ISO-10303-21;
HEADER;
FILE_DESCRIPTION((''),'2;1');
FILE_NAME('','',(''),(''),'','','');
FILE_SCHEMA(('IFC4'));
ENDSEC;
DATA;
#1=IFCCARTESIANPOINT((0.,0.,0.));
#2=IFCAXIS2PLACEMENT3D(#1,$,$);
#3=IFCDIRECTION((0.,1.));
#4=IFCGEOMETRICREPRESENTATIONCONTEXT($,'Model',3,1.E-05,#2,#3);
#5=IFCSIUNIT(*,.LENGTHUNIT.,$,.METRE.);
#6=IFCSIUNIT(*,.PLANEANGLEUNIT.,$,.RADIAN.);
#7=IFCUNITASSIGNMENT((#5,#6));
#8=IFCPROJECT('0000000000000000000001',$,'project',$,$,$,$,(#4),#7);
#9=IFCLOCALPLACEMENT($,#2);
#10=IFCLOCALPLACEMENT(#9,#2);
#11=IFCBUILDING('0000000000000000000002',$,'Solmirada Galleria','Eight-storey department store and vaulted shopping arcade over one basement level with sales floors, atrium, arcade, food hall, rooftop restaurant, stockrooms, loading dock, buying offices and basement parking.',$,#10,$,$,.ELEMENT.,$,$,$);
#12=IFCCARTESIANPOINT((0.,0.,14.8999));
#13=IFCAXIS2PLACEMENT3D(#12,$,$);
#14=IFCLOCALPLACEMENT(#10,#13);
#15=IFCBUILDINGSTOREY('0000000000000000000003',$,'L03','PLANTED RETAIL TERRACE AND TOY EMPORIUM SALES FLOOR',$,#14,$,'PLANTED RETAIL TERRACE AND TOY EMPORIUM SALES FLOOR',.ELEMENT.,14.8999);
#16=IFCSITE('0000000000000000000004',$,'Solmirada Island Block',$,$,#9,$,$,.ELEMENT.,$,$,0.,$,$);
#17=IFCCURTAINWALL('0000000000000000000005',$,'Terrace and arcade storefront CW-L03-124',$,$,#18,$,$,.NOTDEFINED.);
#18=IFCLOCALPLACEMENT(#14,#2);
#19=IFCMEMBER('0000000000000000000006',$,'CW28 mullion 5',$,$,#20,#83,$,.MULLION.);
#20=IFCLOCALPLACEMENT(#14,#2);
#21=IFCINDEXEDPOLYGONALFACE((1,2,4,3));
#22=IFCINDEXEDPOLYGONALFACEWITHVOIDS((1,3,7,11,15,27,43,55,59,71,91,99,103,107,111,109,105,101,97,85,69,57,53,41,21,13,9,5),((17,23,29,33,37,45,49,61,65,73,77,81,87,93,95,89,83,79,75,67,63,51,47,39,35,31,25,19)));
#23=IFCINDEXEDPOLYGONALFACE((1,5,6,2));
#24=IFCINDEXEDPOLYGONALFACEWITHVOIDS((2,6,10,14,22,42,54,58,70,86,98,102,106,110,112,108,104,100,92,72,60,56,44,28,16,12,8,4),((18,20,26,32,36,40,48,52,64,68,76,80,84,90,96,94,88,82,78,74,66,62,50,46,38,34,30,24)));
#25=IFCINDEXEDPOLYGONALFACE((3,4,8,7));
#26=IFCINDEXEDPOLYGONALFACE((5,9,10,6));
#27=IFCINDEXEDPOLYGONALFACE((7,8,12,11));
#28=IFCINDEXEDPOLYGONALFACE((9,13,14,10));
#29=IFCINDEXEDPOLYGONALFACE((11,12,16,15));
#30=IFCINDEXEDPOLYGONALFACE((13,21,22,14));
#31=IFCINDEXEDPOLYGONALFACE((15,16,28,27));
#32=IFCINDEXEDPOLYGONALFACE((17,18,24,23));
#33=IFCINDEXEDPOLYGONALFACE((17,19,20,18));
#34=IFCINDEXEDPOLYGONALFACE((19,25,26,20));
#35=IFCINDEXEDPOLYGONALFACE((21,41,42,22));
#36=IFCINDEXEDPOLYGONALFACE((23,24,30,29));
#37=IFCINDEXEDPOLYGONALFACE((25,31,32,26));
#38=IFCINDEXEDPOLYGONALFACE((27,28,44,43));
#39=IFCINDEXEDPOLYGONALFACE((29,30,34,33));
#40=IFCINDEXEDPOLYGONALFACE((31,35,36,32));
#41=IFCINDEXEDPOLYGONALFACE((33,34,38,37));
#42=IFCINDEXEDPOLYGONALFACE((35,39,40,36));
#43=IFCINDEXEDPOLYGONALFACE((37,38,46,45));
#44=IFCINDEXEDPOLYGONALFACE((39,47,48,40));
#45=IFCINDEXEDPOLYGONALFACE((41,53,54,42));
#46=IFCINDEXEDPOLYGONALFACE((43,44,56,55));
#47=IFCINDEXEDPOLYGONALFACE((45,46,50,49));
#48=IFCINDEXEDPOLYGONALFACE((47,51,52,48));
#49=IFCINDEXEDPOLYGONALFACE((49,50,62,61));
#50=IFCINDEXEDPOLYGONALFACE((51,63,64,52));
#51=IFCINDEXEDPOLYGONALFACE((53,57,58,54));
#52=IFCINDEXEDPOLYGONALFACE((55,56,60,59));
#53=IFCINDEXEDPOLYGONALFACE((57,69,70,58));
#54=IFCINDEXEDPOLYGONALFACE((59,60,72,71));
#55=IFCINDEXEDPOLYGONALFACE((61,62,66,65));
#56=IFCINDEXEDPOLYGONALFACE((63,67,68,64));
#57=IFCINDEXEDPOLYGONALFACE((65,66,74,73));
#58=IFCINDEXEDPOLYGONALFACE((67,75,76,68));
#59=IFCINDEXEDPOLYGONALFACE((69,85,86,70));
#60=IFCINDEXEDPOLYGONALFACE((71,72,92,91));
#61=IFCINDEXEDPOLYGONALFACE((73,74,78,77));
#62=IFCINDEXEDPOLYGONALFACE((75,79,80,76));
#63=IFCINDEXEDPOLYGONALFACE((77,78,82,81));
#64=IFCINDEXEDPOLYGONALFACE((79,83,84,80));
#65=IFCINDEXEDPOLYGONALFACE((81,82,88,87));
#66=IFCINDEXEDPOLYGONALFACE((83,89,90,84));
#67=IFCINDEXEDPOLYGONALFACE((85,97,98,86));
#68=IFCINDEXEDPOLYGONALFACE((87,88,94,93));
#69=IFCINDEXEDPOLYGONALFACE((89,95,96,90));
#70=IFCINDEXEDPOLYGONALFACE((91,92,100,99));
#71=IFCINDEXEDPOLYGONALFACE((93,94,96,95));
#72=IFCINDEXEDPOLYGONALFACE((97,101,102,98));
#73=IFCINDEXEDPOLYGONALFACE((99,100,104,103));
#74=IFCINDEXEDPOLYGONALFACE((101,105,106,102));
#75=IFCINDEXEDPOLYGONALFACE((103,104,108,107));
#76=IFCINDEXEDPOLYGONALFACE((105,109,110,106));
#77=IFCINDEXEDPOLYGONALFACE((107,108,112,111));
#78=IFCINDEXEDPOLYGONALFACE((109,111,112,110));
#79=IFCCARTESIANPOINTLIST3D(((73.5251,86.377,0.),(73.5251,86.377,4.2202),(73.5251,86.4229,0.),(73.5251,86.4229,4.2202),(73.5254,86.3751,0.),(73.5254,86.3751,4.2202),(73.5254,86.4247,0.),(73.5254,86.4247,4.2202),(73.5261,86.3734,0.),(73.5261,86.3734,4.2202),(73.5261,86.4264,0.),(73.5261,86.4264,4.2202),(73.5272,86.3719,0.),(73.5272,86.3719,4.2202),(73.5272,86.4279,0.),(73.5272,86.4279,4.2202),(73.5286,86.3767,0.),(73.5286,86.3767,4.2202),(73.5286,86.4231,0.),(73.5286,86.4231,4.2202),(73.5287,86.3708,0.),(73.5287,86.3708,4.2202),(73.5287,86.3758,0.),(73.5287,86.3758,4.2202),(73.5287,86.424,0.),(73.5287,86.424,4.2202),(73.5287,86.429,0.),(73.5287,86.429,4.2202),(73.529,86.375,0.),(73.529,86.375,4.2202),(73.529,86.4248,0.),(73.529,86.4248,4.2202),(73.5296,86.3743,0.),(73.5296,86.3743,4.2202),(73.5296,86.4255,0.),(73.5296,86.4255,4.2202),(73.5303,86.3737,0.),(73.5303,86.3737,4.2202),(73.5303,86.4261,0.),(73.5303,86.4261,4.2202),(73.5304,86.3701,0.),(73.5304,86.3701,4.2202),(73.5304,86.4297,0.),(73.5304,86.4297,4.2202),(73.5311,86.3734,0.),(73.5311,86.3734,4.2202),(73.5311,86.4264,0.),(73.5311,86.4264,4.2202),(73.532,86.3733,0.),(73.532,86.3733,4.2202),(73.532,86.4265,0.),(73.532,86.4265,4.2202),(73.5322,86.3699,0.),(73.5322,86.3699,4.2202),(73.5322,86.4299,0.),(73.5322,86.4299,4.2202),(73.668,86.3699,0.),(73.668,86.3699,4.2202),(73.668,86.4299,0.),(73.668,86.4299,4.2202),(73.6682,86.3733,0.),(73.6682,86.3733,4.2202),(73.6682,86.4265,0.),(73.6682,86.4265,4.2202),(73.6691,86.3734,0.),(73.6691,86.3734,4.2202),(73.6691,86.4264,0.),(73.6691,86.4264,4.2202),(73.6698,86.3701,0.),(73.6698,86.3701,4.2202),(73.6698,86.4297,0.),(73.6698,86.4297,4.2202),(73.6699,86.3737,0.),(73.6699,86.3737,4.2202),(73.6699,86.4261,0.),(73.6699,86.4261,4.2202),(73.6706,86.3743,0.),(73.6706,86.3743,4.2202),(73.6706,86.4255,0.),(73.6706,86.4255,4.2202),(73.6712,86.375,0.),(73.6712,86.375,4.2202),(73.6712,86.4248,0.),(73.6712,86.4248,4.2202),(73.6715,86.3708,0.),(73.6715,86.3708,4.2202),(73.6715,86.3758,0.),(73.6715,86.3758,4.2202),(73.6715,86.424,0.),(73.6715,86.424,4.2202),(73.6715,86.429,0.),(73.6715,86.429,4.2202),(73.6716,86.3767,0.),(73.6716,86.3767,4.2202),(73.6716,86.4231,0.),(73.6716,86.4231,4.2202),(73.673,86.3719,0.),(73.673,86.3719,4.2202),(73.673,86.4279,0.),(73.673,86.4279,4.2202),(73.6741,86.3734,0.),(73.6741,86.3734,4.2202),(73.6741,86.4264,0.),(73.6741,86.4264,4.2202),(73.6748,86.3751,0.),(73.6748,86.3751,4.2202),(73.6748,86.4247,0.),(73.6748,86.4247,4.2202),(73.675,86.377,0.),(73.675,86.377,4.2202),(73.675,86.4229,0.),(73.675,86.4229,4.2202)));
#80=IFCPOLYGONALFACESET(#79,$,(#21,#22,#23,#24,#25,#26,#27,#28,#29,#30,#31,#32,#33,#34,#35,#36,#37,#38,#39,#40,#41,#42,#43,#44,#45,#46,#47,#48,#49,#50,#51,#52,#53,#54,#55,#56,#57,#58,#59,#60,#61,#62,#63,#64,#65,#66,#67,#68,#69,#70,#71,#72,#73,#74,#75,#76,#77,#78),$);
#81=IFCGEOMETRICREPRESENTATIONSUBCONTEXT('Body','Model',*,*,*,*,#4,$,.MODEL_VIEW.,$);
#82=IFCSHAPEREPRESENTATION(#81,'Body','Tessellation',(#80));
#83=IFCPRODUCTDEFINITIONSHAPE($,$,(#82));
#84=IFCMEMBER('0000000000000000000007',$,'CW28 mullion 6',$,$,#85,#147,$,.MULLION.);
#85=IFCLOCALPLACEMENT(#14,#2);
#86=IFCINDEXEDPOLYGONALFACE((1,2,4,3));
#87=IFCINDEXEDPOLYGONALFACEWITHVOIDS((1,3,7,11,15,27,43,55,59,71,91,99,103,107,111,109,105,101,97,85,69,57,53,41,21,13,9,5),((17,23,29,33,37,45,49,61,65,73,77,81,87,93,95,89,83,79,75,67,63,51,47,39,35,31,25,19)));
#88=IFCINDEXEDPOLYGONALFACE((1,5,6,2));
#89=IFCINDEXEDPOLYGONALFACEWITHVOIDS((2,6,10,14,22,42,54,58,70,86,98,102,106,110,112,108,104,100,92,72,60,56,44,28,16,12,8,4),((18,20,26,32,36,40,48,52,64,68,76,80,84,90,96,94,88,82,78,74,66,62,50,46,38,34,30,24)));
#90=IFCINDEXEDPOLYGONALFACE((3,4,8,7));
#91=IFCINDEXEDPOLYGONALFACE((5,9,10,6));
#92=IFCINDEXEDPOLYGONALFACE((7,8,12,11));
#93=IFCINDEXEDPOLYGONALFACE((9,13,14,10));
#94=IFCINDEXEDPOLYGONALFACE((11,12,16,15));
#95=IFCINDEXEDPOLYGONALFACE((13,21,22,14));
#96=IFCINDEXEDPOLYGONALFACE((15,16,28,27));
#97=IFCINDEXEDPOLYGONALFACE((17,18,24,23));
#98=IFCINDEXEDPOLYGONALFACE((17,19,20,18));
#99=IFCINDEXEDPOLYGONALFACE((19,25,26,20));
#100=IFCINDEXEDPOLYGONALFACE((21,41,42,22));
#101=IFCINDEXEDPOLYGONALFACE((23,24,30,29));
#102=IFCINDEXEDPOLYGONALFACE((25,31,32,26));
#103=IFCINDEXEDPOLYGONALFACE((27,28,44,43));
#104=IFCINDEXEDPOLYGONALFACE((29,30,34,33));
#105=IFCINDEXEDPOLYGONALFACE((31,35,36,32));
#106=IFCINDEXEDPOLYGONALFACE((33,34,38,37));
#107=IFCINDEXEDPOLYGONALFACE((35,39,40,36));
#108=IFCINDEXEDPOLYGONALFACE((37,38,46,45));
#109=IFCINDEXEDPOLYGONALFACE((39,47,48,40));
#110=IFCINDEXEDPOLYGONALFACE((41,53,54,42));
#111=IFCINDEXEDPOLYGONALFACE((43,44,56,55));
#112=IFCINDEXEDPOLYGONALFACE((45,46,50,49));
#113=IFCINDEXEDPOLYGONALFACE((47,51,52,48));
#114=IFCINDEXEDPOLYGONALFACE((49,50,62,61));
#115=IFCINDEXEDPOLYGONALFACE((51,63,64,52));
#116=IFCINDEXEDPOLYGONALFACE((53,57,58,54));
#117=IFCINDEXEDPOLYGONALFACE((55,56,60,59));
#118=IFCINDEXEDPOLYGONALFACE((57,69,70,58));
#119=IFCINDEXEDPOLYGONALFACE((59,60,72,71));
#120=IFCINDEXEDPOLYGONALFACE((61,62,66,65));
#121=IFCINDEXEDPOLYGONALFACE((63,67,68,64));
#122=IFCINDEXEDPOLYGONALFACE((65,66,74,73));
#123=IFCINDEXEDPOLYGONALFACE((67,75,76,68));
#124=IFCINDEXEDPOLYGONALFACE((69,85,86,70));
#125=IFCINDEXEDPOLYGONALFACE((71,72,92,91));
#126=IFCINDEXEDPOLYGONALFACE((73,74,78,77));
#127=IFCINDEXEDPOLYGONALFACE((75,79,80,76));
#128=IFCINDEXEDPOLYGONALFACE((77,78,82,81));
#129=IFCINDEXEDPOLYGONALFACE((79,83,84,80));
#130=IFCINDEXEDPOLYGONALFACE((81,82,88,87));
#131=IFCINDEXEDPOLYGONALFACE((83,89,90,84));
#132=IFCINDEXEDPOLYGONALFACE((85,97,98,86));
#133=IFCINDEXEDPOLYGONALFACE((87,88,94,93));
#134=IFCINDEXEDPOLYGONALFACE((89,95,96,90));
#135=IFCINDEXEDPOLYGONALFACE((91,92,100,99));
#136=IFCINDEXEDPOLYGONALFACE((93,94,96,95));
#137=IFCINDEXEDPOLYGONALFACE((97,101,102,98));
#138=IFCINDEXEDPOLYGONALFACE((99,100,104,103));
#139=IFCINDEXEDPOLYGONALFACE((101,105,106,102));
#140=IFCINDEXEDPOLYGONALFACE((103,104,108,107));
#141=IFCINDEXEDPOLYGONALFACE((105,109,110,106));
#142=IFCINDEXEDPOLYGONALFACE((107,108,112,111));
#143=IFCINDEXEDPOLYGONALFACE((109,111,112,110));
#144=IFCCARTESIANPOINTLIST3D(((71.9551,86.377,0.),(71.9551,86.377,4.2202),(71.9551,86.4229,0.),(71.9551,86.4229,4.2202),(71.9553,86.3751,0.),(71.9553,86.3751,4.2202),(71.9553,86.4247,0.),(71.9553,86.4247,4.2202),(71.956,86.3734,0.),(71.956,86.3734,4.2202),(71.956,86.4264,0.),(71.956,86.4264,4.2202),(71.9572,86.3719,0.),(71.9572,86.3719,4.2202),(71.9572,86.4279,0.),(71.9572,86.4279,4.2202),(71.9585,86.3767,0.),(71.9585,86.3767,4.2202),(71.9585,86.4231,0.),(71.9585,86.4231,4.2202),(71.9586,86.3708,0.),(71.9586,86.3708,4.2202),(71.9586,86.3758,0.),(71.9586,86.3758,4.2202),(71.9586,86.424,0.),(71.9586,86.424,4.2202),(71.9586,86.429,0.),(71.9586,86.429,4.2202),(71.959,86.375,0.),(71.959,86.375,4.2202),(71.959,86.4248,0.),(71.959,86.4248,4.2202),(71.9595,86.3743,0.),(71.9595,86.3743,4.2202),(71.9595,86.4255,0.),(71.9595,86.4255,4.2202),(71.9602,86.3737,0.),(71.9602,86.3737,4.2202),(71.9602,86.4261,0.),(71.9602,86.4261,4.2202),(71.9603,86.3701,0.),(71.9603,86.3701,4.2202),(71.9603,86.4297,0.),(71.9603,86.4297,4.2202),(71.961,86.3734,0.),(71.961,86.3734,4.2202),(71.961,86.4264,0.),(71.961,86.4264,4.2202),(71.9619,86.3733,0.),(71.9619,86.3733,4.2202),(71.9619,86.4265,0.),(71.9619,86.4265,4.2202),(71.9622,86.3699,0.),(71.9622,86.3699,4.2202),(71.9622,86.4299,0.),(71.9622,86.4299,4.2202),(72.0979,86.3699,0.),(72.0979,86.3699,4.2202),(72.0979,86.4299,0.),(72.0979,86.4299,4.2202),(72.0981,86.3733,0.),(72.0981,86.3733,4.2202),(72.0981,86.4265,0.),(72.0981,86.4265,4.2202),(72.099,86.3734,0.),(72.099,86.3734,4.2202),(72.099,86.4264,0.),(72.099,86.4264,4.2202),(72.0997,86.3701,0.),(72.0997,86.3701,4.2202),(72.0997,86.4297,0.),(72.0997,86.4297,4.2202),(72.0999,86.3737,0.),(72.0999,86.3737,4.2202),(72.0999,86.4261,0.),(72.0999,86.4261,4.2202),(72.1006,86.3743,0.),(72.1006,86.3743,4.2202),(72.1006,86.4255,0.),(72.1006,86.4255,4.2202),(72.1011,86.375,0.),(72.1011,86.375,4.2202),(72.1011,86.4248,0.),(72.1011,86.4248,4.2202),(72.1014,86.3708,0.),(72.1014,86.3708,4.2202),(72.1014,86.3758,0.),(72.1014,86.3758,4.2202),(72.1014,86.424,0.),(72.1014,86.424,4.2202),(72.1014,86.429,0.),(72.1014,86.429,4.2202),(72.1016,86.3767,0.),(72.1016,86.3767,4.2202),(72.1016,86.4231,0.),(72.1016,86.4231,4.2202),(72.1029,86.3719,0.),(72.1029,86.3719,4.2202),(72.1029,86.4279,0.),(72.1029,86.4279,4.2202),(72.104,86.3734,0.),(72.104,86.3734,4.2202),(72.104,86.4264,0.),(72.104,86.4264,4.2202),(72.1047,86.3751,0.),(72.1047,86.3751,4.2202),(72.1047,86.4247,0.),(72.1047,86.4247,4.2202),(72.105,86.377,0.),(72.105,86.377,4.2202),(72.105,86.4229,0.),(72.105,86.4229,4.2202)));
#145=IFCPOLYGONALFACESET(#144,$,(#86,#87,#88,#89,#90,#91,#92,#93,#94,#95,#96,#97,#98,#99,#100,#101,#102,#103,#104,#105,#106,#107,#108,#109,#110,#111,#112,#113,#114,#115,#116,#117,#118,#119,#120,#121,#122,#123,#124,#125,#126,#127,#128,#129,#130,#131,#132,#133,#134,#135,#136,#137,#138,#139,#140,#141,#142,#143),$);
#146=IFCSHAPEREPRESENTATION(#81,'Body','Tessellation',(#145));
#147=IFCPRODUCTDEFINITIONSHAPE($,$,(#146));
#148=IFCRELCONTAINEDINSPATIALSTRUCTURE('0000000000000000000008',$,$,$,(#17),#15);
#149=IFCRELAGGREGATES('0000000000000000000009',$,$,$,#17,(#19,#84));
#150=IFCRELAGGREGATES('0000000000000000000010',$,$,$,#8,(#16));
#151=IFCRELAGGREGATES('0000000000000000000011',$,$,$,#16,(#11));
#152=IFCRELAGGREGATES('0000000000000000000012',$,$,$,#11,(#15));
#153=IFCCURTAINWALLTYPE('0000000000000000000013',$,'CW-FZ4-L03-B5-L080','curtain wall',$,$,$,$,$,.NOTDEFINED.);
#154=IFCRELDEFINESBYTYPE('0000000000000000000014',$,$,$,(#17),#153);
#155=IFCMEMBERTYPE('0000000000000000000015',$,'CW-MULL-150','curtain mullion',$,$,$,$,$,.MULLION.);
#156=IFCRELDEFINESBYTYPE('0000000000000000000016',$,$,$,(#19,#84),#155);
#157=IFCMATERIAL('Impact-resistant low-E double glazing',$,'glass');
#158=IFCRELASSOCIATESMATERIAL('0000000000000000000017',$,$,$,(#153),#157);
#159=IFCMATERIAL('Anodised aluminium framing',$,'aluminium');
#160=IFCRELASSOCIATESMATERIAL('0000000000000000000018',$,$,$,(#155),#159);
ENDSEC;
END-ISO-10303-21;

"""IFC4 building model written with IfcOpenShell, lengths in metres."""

from ifc_helpers import new_model, si_unit, direction, frame, origin, origin_2d, place, context, subcontext, project, spatial, hollow_rectangle, extrude, material, material_profile, profile_set, type_object, element, aggregate, save


model = new_model("IFC4")

# Units and contexts
model_context = context("Model", 3, precision=1e-05, world=origin(), true_north=direction((0.0, 1.0)))
body_context = subcontext(model_context, "Body", "Model", "MODEL_VIEW")
ifc_project = project(units=[si_unit("LENGTHUNIT", "METRE"), si_unit("PLANEANGLEUNIT", "RADIAN")], contexts=[model_context])

# Site, building, storey
site_placement = place(None, origin())
site = spatial("IfcSite", under=ifc_project, at=site_placement, Name="Solmirada Island Block", CompositionType="ELEMENT", RefElevation=0.0)
building_placement = place(site_placement, origin())
building = spatial("IfcBuilding", under=site, at=building_placement, Name="Solmirada Galleria", Description="Eight-storey department store and vaulted shopping arcade over one basement level with sales floors, atrium, arcade, food hall, rooftop restaurant, stockrooms, loading dock, buying offices and basement parking.", CompositionType="ELEMENT")
storey_placement = place(building_placement, frame((0.0, 0.0, 14.8999)))
storey = spatial("IfcBuildingStorey", under=building, at=storey_placement, Name="L03", Description="PLANTED RETAIL TERRACE AND TOY EMPORIUM SALES FLOOR", LongName="PLANTED RETAIL TERRACE AND TOY EMPORIUM SALES FLOOR", CompositionType="ELEMENT", Elevation=14.8999)

# Curtain wall, members
ifc_material_1 = material(Name="Impact-resistant low-E double glazing", Category="glass")
curtain_wall_type = type_object("IfcCurtainWallType", Name="CW-FZ4-L03-B5-L080", Description="curtain wall", PredefinedType="NOTDEFINED", material=ifc_material_1)
curtain_wall_1_placement = place(storey_placement, origin())
curtain_wall_1 = element("IfcCurtainWall", 1, at=curtain_wall_1_placement, inside=storey, type_object=curtain_wall_type, Name="Terrace and arcade storefront CW-L03-124", PredefinedType="NOTDEFINED")
ifc_material_2 = material(Name="Anodised aluminium framing", Category="aluminium")
ifc_material_profile_1 = material_profile(ifc_material_2, hollow_rectangle(XDim=0.0601, YDim=0.1499, WallThickness=0.0034, InnerFilletRadius=0.0034, OuterFilletRadius=0.0071, at=origin_2d()), Name="ALU-MULL-150X60")
ifc_profile_set_1 = profile_set([ifc_material_profile_1], Name="Anodised aluminium framing")
member_type_1 = type_object("IfcMemberType", Name="CW-MULL-150", Description="curtain mullion", PredefinedType="MULLION", material=ifc_profile_set_1)
member_1_placement = place(storey_placement, frame((73.6001, 86.3999, 0.0), z_axis=(0.0, 0.0, 1.0), x_axis=(0.0, -1.0, 0.0)))
member_1 = element("IfcMember", 2, at=member_1_placement, type_object=member_type_1, Name="CW28 mullion 5", PredefinedType="MULLION", context=body_context, shape_type="SweptSolid", body=[
    extrude(hollow_rectangle(XDim=0.0601, YDim=0.1499, WallThickness=0.0034, InnerFilletRadius=0.0034, OuterFilletRadius=0.0071, at=origin_2d()), origin(), (0.0, 0.0, 1.0), 4.2202),
])
member_2_placement = place(storey_placement, frame((72.03, 86.3999, 0.0), z_axis=(0.0, 0.0, 1.0), x_axis=(0.0, -1.0, 0.0)))
member_2 = element("IfcMember", 3, at=member_2_placement, type_object=member_type_1, Name="CW28 mullion 6", PredefinedType="MULLION", context=body_context, shape_type="SweptSolid", body=[
    extrude(hollow_rectangle(XDim=0.0601, YDim=0.1499, WallThickness=0.0034, InnerFilletRadius=0.0034, OuterFilletRadius=0.0071, at=origin_2d()), origin(), (0.0, 0.0, 1.0), 4.2202),
])

aggregate(curtain_wall_1, [member_1, member_2])

save(model, "model.ifc")
